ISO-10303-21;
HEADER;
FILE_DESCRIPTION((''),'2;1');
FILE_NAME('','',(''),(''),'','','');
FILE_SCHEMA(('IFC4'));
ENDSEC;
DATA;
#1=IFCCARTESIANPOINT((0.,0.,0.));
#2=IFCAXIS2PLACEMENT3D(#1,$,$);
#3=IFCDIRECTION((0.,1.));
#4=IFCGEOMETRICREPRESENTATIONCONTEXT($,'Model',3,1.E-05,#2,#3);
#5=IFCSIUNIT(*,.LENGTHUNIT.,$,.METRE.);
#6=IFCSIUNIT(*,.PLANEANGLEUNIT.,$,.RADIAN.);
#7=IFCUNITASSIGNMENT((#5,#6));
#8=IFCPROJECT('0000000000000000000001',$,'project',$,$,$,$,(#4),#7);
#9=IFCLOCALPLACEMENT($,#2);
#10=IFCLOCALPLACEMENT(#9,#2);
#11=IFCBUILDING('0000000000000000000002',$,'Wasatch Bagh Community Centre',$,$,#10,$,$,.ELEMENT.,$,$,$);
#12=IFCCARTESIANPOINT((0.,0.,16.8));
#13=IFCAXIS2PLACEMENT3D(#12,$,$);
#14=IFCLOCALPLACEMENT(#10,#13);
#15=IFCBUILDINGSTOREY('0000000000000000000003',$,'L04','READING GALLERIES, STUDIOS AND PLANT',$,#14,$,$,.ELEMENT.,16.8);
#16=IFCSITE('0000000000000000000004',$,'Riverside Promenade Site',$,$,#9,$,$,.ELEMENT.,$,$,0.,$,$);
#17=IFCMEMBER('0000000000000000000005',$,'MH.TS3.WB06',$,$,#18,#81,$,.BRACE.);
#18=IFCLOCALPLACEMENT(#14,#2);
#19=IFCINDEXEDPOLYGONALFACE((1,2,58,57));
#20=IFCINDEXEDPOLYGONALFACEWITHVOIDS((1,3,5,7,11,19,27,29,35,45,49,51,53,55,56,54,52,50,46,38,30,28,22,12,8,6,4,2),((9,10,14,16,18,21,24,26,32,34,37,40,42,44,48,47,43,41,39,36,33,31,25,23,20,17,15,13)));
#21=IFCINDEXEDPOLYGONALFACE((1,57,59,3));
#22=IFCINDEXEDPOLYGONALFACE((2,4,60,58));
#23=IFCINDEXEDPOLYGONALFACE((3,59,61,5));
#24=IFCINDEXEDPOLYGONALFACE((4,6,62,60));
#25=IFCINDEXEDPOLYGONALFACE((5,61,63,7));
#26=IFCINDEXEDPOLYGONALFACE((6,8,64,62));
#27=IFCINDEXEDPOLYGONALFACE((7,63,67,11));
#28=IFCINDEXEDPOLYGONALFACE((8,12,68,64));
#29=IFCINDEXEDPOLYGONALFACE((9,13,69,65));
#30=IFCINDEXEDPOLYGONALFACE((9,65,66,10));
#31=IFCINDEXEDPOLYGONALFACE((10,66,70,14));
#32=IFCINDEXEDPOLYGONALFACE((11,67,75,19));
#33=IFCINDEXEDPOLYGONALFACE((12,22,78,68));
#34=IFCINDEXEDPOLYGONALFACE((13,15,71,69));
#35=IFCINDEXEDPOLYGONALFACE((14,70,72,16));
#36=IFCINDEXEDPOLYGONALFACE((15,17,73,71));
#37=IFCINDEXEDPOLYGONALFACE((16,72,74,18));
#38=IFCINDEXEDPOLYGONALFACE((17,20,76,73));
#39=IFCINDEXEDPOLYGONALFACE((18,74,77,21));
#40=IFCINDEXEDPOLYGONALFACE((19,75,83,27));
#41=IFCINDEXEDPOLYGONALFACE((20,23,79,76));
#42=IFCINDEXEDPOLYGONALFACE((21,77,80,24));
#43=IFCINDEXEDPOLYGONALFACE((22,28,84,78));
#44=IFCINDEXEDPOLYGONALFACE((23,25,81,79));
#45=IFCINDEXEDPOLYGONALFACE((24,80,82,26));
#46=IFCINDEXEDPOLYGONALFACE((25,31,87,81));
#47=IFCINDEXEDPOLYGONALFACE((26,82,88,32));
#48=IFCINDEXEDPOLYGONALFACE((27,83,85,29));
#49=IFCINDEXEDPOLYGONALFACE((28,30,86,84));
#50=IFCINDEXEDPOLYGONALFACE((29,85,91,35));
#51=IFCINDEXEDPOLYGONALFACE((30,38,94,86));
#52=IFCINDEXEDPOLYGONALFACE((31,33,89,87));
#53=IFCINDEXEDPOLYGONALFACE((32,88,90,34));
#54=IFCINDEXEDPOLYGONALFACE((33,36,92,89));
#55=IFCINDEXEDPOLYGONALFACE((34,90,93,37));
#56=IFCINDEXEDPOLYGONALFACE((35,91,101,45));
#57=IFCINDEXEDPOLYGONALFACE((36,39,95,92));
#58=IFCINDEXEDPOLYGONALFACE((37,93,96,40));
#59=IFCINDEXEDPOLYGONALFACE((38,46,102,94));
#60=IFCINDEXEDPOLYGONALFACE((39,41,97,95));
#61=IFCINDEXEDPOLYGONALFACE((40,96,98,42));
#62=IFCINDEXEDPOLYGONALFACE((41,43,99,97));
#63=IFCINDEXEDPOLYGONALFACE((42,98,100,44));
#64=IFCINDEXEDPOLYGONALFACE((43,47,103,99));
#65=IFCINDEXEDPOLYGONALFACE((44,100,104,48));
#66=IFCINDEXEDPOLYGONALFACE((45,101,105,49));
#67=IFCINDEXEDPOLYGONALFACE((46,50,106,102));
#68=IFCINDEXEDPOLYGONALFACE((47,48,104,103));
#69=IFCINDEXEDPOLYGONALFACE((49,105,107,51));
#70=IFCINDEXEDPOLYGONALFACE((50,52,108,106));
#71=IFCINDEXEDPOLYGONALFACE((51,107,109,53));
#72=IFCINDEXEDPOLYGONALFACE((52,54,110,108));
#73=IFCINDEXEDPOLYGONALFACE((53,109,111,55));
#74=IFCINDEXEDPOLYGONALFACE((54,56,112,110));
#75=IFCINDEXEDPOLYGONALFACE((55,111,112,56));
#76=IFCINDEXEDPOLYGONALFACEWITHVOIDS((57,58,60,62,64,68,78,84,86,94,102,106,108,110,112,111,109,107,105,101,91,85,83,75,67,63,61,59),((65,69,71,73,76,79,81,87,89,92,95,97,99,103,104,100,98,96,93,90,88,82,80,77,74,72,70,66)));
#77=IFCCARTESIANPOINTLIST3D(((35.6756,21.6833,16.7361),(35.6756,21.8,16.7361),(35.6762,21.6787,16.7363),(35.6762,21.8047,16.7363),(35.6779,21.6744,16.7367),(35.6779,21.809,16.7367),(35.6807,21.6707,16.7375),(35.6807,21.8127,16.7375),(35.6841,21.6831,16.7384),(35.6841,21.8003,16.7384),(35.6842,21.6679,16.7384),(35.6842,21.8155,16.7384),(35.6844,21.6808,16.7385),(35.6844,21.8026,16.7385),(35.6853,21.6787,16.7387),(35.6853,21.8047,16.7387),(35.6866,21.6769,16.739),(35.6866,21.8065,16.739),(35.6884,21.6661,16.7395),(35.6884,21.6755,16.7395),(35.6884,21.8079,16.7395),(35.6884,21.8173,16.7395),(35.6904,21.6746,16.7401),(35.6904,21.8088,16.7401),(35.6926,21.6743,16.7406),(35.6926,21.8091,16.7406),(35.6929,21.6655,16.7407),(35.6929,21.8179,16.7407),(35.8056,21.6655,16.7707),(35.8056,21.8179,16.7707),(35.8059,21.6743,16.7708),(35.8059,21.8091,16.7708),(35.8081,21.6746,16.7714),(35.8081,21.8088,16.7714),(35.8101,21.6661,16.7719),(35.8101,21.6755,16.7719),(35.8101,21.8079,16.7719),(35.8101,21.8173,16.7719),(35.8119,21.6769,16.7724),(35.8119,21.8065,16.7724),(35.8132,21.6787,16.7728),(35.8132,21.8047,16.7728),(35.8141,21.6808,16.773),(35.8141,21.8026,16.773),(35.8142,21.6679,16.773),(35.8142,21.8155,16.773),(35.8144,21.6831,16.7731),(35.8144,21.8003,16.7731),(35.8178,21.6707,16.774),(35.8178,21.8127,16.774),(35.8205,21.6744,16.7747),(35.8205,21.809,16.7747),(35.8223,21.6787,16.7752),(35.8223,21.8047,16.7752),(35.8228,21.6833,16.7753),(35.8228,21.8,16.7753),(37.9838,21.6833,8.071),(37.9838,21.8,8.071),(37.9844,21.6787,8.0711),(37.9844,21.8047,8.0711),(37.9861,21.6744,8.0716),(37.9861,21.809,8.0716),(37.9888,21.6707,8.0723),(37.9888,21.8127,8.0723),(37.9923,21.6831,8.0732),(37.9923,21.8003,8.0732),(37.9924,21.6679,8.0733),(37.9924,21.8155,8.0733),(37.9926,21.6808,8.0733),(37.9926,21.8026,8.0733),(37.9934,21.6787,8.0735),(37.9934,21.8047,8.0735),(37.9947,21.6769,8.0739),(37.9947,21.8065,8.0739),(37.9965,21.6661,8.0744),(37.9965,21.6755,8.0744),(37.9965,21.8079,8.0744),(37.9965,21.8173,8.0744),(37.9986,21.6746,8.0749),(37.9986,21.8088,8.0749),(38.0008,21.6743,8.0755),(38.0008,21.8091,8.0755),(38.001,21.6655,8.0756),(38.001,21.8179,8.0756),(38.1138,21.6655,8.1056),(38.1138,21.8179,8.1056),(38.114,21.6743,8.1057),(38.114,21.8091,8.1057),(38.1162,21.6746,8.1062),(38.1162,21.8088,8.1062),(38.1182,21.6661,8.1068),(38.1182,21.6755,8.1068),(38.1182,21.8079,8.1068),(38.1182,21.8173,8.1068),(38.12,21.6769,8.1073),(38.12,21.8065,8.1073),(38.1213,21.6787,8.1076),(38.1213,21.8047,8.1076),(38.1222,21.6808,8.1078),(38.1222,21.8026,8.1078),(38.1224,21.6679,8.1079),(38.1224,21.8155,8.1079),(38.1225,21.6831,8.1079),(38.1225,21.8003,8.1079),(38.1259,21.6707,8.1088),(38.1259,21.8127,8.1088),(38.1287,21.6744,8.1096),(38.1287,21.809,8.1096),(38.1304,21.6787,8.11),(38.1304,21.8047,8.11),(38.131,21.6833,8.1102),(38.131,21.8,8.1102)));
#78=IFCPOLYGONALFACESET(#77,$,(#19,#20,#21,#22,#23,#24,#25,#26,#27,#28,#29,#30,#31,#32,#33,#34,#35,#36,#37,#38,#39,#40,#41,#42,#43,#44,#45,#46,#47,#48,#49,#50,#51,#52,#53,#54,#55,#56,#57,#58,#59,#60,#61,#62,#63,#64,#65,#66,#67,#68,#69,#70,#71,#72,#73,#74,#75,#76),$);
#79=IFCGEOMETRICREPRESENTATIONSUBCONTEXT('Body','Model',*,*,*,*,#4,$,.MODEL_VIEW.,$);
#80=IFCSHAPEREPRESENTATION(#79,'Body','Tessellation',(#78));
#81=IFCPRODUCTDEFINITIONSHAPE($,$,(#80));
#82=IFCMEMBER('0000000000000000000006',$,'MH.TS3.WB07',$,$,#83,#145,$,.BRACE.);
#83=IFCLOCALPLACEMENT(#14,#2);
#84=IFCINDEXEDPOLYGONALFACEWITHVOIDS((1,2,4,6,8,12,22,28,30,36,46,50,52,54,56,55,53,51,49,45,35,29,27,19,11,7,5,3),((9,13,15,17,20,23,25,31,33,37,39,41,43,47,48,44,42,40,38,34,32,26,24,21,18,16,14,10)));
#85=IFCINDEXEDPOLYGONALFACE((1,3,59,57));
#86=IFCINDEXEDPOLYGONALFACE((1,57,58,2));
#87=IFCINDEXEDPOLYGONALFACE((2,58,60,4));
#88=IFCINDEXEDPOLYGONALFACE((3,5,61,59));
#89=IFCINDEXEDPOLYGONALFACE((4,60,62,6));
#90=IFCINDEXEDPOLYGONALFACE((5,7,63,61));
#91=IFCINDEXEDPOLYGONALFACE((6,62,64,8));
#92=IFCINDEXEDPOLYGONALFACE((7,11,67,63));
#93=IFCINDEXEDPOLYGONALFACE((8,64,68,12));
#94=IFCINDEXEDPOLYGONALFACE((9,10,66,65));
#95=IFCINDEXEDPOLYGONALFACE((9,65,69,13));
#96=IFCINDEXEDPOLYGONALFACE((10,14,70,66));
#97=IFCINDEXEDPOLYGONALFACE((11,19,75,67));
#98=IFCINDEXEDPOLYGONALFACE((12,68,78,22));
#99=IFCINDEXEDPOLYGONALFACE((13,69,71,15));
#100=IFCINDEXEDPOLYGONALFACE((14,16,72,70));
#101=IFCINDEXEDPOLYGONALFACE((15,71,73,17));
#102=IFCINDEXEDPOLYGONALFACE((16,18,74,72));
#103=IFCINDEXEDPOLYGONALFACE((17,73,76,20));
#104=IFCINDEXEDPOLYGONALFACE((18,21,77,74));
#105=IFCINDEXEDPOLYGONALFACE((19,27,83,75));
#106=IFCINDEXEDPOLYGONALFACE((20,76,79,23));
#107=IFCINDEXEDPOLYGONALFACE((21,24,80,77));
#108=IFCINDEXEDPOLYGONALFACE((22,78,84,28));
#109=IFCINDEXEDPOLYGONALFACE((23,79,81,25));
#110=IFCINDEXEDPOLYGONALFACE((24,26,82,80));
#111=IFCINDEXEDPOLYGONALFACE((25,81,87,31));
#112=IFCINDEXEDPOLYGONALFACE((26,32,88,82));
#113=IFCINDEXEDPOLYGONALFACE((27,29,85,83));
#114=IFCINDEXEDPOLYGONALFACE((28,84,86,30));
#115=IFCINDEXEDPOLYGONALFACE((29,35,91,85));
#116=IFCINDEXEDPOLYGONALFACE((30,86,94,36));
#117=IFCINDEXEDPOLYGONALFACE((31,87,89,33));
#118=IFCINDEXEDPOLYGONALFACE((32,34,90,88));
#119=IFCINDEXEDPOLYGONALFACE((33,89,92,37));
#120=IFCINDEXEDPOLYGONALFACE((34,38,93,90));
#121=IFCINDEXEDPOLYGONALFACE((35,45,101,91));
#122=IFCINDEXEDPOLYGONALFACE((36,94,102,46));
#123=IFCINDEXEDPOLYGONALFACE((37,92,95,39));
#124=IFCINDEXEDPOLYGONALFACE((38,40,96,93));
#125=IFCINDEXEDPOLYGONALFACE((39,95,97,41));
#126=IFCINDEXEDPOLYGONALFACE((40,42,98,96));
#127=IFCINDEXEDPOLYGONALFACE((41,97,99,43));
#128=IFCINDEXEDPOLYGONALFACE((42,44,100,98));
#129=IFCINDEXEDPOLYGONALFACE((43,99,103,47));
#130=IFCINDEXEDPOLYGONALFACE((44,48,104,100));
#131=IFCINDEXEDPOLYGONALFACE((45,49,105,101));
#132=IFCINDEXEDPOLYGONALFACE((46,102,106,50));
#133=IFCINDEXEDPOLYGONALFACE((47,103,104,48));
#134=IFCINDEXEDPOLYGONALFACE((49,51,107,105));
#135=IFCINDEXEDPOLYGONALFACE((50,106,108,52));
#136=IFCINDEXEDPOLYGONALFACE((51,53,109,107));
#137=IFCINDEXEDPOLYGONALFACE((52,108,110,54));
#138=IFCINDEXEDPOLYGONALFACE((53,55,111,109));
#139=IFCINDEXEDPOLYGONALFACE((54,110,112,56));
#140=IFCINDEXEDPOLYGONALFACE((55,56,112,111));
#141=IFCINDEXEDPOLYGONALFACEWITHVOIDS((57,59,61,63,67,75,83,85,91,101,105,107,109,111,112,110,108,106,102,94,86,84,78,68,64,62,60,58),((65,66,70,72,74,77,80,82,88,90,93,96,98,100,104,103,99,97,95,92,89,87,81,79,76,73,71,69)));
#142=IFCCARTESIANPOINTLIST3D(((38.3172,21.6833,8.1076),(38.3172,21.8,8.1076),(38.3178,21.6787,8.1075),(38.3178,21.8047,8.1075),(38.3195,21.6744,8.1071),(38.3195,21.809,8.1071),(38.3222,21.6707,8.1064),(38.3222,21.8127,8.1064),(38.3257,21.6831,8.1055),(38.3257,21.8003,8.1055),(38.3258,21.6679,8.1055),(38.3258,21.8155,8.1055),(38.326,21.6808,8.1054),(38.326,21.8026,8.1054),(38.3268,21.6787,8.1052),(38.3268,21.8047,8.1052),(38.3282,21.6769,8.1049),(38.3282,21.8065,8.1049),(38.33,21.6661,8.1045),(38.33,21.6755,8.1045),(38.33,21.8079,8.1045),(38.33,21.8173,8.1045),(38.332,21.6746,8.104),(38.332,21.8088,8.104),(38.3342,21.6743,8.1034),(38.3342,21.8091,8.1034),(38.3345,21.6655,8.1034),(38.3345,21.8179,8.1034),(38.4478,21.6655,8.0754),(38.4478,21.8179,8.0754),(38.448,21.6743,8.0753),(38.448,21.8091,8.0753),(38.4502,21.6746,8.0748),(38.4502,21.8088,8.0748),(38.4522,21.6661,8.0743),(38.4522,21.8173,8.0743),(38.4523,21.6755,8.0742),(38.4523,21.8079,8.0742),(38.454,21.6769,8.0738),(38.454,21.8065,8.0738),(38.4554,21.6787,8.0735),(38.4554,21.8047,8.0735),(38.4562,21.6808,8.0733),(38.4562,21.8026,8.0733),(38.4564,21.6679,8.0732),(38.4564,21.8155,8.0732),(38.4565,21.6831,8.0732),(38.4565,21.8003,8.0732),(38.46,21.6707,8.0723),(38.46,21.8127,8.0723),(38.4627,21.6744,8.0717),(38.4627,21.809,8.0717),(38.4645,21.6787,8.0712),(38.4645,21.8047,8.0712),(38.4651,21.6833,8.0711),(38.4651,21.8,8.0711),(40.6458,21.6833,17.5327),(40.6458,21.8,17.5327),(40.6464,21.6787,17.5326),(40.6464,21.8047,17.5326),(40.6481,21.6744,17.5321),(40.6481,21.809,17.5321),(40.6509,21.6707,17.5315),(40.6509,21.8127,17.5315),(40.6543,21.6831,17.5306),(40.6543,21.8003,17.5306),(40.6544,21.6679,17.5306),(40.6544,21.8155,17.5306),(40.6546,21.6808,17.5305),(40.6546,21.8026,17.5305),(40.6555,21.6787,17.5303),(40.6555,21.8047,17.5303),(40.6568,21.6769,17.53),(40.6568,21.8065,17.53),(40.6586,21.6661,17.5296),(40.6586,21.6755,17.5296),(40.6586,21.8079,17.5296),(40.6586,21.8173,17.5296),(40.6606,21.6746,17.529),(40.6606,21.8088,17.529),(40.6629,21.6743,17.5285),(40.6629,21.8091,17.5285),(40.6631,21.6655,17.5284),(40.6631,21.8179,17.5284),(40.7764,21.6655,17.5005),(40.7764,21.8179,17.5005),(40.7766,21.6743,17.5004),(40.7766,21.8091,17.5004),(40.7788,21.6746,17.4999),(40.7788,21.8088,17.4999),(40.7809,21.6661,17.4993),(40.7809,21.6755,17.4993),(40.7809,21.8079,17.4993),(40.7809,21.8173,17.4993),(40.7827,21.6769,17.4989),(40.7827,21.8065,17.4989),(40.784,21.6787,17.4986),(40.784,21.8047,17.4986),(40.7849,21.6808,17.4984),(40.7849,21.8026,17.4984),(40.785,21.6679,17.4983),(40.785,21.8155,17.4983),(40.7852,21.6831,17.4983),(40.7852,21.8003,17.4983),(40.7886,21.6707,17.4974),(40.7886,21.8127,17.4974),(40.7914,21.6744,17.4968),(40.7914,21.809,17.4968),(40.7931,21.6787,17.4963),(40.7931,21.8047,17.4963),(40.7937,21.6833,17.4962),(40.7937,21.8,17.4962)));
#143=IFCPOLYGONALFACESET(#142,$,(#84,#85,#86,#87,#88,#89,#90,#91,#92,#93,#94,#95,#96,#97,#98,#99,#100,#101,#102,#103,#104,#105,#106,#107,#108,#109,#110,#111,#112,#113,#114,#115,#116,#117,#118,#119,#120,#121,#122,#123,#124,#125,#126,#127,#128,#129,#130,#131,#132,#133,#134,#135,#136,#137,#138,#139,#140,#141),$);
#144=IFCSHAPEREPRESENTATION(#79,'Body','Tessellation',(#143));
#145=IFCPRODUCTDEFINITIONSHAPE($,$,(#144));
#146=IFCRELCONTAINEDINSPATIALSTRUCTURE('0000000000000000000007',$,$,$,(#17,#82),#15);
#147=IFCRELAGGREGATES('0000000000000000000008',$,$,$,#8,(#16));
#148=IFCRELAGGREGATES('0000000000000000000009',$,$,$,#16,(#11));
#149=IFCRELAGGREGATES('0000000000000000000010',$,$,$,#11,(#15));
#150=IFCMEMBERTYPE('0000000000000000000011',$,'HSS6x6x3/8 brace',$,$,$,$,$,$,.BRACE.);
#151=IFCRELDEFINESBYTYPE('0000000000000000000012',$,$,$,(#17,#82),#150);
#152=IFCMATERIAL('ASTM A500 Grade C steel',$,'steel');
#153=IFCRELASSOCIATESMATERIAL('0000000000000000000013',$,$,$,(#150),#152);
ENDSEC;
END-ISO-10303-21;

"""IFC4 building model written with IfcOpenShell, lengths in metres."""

from ifc_helpers import new_model, si_unit, direction, frame, origin, origin_2d, place, context, subcontext, project, spatial, hollow_rectangle, extrude, material, material_profile, profile_set, type_object, element, save


model = new_model("IFC4")

# Units and contexts
model_context = context("Model", 3, precision=1e-05, world=origin(), true_north=direction((0.0, 1.0)))
body_context = subcontext(model_context, "Body", "Model", "MODEL_VIEW")
ifc_project = project(units=[si_unit("LENGTHUNIT", "METRE"), si_unit("PLANEANGLEUNIT", "RADIAN")], contexts=[model_context])

# Site, building, storey
site_placement = place(None, origin())
site = spatial("IfcSite", under=ifc_project, at=site_placement, Name="Riverside Promenade Site", CompositionType="ELEMENT", RefElevation=0.0)
building_placement = place(site_placement, origin())
building = spatial("IfcBuilding", under=site, at=building_placement, Name="Wasatch Bagh Community Centre", CompositionType="ELEMENT")
storey_placement = place(building_placement, frame((0.0, 0.0, 16.8)))
storey = spatial("IfcBuildingStorey", under=building, at=storey_placement, Name="L04", Description="READING GALLERIES, STUDIOS AND PLANT", CompositionType="ELEMENT", Elevation=16.8)

# Members
ifc_material_1 = material(Name="ASTM A500 Grade C steel", Category="steel")
ifc_material_profile_1 = material_profile(ifc_material_1, hollow_rectangle(XDim=0.1523, YDim=0.1523, WallThickness=0.0088, InnerFilletRadius=0.0088, OuterFilletRadius=0.0178, at=origin_2d()), Name="HSS6x6x3/8")
ifc_profile_set_1 = profile_set([ifc_material_profile_1], Name="ASTM A500 Grade C steel")
member_type_1 = type_object("IfcMemberType", Name="HSS6x6x3/8 brace", PredefinedType="BRACE", material=ifc_profile_set_1)
member_1_placement = place(storey_placement, frame((38.0574, 21.7417, 8.0906), z_axis=(-0.257395, 0.0, 0.966306), x_axis=(0.0, -1.0, 0.0)))
element("IfcMember", 1, at=member_1_placement, inside=storey, type_object=member_type_1, Name="MH.TS3.WB06", PredefinedType="BRACE", context=body_context, shape_type="SweptSolid", body=[
    extrude(hollow_rectangle(XDim=0.1523, YDim=0.1523, WallThickness=0.0088, InnerFilletRadius=0.0088, OuterFilletRadius=0.0178, at=origin_2d()), origin(), (0.0, 0.0, 1.0), 8.9673),
])
member_2_placement = place(storey_placement, frame((38.3911, 21.7417, 8.0894), z_axis=(0.239854, 0.0, 0.970809), x_axis=(0.0, 1.0, 0.0)))
element("IfcMember", 2, at=member_2_placement, inside=storey, type_object=member_type_1, Name="MH.TS3.WB07", PredefinedType="BRACE", context=body_context, shape_type="SweptSolid", body=[
    extrude(hollow_rectangle(XDim=0.1523, YDim=0.1523, WallThickness=0.0088, InnerFilletRadius=0.0088, OuterFilletRadius=0.0178, at=origin_2d()), origin(), (0.0, 0.0, 1.0), 9.7085),
])

save(model, "model.ifc")
